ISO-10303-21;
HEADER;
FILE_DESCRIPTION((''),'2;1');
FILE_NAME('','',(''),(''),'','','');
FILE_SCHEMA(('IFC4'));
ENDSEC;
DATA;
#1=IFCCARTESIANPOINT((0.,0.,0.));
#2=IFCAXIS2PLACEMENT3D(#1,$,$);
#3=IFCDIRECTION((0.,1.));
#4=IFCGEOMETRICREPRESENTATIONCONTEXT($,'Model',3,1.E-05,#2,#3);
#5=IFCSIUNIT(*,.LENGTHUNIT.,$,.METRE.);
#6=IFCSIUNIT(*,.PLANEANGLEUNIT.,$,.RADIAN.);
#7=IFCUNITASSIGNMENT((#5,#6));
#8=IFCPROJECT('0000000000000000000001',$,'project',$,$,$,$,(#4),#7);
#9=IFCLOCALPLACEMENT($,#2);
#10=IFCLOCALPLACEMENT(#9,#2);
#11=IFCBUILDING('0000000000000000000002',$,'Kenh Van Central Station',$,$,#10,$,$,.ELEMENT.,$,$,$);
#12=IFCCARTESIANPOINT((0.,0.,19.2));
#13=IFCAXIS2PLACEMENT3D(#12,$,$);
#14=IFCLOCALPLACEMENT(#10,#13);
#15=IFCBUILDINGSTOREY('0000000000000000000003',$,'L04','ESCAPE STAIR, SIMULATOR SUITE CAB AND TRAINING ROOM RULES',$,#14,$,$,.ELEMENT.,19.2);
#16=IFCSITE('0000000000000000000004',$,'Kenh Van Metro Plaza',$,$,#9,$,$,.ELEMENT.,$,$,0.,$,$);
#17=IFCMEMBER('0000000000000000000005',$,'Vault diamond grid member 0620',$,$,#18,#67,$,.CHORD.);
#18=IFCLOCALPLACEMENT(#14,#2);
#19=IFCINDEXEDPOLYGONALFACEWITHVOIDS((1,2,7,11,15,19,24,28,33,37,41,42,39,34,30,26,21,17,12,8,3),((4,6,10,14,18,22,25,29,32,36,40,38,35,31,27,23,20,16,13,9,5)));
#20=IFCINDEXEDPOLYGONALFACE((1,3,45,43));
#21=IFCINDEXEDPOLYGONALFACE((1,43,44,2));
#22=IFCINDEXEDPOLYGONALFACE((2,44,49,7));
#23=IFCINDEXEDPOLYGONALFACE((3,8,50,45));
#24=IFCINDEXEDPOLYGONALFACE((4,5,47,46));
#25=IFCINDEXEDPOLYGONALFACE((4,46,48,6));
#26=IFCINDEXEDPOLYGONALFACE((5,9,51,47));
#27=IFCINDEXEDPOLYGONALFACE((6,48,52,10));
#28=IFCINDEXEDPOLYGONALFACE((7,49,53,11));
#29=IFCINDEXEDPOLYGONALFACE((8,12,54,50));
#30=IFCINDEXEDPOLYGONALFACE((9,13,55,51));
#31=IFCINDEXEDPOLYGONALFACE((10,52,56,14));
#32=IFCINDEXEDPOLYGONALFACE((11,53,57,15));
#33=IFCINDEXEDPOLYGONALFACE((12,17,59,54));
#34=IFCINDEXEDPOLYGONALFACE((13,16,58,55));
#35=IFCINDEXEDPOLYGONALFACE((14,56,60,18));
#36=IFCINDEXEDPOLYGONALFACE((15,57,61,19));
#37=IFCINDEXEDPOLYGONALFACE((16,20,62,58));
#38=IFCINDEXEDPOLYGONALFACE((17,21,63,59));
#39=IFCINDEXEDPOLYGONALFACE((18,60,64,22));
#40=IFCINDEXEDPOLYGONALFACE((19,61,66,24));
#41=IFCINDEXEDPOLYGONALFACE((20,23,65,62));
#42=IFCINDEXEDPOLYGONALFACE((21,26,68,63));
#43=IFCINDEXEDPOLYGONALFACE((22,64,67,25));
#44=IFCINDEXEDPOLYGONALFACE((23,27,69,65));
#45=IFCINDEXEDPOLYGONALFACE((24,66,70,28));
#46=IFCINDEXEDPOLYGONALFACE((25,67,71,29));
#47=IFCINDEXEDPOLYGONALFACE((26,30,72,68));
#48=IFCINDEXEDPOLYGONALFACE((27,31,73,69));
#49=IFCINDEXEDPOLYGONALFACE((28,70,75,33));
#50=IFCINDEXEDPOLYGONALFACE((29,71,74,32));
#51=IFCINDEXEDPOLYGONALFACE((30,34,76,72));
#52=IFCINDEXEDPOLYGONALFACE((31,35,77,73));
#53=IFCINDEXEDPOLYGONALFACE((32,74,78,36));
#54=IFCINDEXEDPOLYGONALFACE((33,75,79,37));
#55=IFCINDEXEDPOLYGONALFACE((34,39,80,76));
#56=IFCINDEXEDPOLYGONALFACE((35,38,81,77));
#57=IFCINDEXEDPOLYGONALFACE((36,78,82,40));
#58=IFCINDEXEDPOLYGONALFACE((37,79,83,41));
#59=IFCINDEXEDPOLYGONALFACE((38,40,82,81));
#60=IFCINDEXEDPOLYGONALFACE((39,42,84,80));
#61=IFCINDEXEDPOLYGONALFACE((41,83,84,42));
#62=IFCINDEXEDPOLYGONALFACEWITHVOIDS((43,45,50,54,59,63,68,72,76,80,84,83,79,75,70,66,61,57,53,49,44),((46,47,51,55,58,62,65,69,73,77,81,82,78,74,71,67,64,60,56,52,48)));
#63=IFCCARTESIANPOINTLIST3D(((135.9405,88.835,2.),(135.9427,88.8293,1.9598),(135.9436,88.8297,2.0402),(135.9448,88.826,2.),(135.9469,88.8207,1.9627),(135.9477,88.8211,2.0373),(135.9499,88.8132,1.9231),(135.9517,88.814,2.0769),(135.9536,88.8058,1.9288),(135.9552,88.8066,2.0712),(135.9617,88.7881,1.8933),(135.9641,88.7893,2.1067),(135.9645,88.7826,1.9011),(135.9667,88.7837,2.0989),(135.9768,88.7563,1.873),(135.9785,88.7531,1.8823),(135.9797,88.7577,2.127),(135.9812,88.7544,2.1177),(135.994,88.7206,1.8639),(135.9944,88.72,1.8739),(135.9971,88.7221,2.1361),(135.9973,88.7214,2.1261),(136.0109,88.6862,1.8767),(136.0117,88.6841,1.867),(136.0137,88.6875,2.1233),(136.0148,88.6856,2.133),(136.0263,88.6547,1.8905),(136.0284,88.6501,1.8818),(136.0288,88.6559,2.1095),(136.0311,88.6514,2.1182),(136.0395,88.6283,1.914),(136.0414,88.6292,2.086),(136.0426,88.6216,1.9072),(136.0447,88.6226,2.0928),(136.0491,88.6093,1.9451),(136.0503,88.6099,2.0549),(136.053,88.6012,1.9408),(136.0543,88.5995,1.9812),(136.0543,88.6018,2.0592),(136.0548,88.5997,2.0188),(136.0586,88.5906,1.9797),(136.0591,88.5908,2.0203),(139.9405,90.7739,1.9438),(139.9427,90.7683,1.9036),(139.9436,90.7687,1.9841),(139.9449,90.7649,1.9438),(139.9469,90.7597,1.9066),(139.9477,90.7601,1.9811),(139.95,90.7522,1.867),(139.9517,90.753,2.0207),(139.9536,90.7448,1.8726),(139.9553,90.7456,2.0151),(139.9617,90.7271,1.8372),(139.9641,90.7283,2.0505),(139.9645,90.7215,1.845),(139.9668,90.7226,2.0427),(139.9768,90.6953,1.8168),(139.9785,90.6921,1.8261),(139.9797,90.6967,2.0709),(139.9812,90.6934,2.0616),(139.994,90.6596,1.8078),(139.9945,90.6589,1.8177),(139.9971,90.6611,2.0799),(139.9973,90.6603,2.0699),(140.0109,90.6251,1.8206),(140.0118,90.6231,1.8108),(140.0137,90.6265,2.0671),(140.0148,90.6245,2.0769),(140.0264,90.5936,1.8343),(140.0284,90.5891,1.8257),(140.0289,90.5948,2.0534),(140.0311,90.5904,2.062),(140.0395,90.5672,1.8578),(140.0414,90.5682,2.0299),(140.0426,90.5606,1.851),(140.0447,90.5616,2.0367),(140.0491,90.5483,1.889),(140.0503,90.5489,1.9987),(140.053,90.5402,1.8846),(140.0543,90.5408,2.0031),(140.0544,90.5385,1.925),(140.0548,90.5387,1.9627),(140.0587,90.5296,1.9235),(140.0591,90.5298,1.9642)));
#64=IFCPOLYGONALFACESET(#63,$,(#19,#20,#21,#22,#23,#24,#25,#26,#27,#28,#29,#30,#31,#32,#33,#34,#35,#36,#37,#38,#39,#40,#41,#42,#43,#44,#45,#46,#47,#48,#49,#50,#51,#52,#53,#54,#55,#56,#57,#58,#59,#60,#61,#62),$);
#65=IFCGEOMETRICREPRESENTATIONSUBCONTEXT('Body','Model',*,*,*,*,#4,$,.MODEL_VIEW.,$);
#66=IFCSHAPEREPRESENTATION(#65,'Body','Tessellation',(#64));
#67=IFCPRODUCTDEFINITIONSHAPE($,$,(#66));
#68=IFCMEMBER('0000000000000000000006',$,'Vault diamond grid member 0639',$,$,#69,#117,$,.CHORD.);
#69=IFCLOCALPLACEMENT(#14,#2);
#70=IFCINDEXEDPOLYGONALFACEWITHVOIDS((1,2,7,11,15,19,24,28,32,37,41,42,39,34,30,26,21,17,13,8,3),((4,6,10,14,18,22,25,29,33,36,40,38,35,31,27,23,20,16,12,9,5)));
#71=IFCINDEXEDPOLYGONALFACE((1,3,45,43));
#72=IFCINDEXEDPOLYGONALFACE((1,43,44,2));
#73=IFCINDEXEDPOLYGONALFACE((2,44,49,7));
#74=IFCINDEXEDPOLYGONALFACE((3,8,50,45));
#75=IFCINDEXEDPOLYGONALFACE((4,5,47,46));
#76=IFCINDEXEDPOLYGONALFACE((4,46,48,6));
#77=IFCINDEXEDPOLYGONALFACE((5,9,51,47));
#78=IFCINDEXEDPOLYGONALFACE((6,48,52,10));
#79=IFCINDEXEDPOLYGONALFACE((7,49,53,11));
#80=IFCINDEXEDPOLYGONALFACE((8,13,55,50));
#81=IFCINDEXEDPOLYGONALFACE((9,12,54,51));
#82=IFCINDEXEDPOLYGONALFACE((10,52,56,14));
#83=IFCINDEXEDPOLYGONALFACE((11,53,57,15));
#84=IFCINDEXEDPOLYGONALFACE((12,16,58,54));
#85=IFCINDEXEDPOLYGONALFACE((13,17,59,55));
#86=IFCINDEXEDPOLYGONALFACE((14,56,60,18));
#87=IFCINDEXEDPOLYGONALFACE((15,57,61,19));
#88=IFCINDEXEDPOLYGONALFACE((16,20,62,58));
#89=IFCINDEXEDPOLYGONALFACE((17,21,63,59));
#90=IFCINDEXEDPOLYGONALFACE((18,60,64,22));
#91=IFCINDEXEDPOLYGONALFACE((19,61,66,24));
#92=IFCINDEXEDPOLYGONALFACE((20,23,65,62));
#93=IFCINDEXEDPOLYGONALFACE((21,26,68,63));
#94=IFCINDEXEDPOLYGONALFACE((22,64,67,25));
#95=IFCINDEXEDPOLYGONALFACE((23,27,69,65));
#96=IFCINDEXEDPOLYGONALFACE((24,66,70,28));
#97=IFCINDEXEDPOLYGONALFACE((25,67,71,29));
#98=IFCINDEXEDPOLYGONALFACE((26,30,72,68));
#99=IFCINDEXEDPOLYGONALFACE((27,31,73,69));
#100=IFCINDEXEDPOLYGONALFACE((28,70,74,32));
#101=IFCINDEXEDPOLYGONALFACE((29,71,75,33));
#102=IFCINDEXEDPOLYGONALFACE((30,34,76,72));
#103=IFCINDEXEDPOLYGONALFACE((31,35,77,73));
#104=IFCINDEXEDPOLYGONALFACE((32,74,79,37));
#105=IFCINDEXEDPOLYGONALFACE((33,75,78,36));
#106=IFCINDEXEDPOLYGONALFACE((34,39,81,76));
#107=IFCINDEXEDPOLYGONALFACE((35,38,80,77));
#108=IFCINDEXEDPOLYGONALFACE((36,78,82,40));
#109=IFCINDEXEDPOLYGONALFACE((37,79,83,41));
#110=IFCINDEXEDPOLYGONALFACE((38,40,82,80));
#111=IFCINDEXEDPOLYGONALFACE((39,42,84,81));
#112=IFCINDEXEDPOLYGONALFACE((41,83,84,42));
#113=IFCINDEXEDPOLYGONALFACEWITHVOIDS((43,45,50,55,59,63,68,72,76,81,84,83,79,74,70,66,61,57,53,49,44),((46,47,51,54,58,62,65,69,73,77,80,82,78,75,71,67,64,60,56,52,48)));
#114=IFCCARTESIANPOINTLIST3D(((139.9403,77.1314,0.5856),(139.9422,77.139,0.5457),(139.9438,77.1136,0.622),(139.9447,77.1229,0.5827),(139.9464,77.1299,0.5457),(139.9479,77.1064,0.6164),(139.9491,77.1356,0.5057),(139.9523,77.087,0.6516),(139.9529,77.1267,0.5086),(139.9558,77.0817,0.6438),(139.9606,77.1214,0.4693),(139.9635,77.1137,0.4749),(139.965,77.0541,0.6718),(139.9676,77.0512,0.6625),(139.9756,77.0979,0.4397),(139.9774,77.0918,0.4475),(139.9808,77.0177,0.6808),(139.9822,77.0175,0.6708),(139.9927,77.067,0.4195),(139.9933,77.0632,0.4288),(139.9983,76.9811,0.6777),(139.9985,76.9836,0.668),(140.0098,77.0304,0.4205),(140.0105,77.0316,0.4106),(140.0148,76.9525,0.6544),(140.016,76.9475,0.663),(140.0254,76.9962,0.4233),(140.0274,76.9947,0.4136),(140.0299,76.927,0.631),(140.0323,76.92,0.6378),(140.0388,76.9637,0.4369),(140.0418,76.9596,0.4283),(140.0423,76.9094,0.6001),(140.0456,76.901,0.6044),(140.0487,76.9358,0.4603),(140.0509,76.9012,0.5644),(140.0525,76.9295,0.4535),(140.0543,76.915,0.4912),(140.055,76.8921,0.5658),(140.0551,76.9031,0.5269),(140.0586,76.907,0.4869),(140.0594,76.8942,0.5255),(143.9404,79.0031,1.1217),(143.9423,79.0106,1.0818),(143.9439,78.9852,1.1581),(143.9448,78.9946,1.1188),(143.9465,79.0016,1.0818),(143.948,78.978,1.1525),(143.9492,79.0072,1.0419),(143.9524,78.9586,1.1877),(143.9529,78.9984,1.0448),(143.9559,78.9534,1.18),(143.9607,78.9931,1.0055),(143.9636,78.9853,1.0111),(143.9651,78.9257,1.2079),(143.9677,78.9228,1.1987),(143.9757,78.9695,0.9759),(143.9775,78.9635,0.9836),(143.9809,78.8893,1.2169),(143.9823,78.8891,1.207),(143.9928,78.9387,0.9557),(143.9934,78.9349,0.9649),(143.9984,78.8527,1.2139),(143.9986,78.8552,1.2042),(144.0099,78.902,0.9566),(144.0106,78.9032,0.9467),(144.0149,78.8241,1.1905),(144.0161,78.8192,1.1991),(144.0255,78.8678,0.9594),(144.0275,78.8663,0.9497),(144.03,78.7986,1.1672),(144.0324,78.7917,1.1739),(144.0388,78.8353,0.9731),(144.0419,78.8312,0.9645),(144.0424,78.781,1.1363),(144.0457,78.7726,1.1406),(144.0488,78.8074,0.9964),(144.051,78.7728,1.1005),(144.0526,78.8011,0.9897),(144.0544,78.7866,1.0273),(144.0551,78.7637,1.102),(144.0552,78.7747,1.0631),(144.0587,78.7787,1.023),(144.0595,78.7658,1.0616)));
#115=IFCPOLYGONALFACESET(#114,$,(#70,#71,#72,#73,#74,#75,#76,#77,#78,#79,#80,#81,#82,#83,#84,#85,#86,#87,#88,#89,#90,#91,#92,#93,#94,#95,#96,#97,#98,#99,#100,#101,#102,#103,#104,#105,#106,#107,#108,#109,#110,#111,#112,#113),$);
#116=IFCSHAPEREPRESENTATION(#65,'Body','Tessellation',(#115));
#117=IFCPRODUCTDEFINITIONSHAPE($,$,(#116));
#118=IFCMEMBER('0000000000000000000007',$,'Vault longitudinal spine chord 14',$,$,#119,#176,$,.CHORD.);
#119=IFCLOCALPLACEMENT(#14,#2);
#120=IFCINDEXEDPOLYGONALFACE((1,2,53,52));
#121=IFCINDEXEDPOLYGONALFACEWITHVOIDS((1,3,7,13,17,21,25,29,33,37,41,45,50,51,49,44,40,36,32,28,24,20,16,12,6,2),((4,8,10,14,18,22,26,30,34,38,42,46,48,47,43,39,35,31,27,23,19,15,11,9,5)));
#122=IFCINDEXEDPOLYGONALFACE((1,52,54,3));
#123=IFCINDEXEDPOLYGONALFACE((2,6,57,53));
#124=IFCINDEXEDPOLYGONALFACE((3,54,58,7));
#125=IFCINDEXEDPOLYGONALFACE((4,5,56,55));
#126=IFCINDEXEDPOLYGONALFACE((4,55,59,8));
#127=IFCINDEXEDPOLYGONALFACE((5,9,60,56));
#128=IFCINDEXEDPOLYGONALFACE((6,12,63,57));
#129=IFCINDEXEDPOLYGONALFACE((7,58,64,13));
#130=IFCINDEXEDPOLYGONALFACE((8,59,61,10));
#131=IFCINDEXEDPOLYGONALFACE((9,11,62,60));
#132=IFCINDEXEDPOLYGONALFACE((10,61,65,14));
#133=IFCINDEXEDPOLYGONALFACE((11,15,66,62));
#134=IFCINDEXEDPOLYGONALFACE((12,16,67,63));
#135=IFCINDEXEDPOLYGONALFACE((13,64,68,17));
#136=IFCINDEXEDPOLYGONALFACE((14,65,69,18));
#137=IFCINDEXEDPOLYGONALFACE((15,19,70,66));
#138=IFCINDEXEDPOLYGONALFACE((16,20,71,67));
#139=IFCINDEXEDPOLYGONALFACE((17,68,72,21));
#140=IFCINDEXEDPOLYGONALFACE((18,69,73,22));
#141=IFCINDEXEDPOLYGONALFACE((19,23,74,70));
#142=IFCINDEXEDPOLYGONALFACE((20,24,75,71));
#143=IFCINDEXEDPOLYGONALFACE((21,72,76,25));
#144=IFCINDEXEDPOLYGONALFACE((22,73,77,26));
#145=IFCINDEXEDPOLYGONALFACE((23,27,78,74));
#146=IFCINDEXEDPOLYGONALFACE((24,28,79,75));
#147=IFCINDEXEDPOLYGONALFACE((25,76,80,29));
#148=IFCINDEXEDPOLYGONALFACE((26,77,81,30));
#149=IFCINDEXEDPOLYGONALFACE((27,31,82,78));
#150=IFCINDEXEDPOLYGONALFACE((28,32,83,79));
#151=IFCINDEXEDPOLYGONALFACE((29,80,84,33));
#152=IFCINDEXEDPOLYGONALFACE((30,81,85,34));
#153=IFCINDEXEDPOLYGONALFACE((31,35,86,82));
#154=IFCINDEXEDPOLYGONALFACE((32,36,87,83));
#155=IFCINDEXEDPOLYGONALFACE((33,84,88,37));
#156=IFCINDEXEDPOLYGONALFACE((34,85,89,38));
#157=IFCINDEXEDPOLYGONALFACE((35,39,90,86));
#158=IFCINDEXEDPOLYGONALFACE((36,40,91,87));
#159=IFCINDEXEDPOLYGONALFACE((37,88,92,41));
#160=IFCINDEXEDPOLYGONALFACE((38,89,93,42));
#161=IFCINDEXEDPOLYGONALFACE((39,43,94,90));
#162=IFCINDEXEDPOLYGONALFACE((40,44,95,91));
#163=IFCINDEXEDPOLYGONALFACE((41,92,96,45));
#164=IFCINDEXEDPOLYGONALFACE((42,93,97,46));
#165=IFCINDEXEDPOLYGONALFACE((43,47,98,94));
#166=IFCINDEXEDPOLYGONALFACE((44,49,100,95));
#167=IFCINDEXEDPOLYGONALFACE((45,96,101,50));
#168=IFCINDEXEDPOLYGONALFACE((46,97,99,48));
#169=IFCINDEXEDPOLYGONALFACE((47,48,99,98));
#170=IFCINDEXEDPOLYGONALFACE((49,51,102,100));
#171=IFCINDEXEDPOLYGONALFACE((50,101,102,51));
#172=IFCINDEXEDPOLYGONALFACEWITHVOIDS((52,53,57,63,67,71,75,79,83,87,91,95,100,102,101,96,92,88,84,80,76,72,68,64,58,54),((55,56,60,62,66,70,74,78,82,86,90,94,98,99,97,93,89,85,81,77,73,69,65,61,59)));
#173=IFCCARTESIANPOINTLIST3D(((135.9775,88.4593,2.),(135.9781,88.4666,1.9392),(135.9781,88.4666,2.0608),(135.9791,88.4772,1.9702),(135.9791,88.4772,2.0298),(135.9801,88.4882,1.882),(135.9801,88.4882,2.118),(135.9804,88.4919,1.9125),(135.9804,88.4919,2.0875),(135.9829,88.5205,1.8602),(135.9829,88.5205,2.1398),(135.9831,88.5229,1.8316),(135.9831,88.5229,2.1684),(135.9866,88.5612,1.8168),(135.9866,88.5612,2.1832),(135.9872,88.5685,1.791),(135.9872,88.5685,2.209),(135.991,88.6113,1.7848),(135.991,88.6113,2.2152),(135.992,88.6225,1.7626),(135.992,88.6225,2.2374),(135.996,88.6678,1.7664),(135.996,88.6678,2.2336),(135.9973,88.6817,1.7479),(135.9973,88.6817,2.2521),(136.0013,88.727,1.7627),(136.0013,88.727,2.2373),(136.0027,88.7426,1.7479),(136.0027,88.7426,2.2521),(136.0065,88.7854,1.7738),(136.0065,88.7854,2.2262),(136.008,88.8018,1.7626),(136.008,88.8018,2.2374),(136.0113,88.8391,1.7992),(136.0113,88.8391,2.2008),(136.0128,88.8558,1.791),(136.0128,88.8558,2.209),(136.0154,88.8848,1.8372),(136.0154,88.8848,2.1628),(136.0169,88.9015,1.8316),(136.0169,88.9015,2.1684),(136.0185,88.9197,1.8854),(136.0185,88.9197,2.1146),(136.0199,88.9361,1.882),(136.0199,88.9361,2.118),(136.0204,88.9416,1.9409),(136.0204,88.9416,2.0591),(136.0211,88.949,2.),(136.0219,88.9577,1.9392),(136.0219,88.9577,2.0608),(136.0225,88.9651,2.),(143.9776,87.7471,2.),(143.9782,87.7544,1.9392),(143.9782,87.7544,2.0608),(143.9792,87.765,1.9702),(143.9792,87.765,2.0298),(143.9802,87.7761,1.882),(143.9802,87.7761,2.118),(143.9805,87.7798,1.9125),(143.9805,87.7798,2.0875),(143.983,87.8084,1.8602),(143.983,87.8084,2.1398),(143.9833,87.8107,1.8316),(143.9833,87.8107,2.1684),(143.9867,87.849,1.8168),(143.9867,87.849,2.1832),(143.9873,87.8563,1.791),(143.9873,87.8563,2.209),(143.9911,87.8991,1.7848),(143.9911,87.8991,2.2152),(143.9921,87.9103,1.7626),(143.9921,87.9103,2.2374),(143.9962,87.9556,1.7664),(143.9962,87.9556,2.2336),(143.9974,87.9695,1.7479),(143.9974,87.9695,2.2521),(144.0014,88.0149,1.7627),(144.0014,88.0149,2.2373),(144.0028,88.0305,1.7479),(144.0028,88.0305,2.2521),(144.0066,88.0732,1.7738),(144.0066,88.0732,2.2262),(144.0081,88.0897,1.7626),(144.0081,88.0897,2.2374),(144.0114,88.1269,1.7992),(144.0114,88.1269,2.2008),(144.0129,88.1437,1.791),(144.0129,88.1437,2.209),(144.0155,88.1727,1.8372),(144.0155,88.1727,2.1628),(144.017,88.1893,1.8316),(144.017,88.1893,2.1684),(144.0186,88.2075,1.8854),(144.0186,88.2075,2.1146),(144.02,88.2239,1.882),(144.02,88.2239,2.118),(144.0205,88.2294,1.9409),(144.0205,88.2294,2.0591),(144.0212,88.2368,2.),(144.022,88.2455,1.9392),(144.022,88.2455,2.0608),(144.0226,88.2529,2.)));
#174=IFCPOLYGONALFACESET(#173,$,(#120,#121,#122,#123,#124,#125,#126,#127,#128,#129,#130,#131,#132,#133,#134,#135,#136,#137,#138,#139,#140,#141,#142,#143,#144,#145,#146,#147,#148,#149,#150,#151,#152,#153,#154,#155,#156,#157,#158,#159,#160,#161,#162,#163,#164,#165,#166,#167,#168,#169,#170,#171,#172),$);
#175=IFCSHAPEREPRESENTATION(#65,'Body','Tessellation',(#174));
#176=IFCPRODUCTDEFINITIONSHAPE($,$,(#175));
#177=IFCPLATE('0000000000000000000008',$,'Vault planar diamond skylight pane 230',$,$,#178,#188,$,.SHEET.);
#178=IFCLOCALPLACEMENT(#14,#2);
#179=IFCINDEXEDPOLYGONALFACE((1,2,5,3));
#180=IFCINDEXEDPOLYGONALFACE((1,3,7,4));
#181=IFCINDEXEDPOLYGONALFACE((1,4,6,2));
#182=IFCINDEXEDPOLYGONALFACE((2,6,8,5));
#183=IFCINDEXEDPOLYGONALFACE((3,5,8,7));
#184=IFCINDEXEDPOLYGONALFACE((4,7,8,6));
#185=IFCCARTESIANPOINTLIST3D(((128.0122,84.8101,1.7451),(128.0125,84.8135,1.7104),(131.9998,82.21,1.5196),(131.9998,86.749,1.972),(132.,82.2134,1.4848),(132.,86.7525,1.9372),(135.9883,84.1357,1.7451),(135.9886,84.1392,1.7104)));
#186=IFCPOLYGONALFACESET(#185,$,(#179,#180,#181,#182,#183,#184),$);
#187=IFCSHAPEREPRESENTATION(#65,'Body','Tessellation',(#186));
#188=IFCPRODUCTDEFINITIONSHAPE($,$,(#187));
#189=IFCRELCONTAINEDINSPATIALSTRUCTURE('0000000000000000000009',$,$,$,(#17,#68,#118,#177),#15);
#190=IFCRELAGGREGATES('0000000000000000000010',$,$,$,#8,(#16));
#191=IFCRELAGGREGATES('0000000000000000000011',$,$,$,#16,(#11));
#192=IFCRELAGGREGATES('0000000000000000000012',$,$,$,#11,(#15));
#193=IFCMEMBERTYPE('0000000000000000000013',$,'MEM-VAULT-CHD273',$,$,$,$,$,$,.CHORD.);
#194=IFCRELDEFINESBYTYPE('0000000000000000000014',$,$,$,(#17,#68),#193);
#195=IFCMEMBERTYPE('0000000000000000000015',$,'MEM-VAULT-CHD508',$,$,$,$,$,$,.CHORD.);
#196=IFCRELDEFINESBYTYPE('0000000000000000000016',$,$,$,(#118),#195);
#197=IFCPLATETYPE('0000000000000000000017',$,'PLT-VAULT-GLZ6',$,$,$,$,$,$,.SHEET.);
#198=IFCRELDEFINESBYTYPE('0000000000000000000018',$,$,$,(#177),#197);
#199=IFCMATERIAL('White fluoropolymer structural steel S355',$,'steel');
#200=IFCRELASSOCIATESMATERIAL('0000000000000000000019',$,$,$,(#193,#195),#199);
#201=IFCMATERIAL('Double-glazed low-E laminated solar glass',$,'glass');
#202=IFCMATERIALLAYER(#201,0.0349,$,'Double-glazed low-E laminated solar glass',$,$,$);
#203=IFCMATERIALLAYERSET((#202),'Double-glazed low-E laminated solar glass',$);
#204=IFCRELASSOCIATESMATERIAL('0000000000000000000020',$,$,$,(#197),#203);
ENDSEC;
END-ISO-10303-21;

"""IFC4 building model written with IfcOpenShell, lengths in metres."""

from ifc_helpers import new_model, si_unit, direction, frame, origin, origin_2d, place, context, subcontext, project, spatial, polyline, hollow_circle, outline, extrude, material, layer, layer_set, material_profile, profile_set, type_object, element, save


model = new_model("IFC4")

# Units and contexts
model_context = context("Model", 3, precision=1e-05, world=origin(), true_north=direction((0.0, 1.0)))
body_context = subcontext(model_context, "Body", "Model", "MODEL_VIEW")
ifc_project = project(units=[si_unit("LENGTHUNIT", "METRE"), si_unit("PLANEANGLEUNIT", "RADIAN")], contexts=[model_context])

# Site, building, storey
site_placement = place(None, origin())
site = spatial("IfcSite", under=ifc_project, at=site_placement, Name="Kenh Van Metro Plaza", CompositionType="ELEMENT", RefElevation=0.0)
building_placement = place(site_placement, origin())
building = spatial("IfcBuilding", under=site, at=building_placement, Name="Kenh Van Central Station", CompositionType="ELEMENT")
storey_placement = place(building_placement, frame((0.0, 0.0, 19.2)))
storey = spatial("IfcBuildingStorey", under=building, at=storey_placement, Name="L04", Description="ESCAPE STAIR, SIMULATOR SUITE CAB AND TRAINING ROOM RULES", CompositionType="ELEMENT", Elevation=19.2)

# Shared definitions
ifc_material_1 = material(Name="White fluoropolymer structural steel S355", Category="steel")

# Members
ifc_material_profile_1 = material_profile(ifc_material_1, hollow_circle(Radius=0.1365, WallThickness=0.01, at=origin_2d()), Name="CHS 273x10")
ifc_profile_set_1 = profile_set([ifc_material_profile_1], Name="White fluoropolymer structural steel S355")
member_type_1 = type_object("IfcMemberType", Name="MEM-VAULT-CHD273", PredefinedType="CHORD", material=ifc_profile_set_1)
member_1_placement = place(storey_placement, frame((136.0, 88.7122, 2.0), z_axis=(0.89978, 0.436161, -0.012631), x_axis=(-0.436195, 0.899852, 0.0)))
element("IfcMember", 1, at=member_1_placement, inside=storey, type_object=member_type_1, Name="Vault diamond grid member 0620", PredefinedType="CHORD", context=body_context, shape_type="SweptSolid", body=[
    extrude(hollow_circle(Radius=0.1365, WallThickness=0.01, at=origin_2d()), origin(), (0.0, 0.0, 1.0), 4.4456),
])
member_2_placement = place(storey_placement, frame((140.0, 77.0154, 0.5457), z_axis=(0.899154, 0.42071, 0.120517), x_axis=(-0.423799, 0.905756, 0.0)))
element("IfcMember", 2, at=member_2_placement, inside=storey, type_object=member_type_1, Name="Vault diamond grid member 0639", PredefinedType="CHORD", context=body_context, shape_type="SweptSolid", body=[
    extrude(hollow_circle(Radius=0.1365, WallThickness=0.01, at=origin_2d()), origin(), (0.0, 0.0, 1.0), 4.4487),
])
ifc_material_profile_2 = material_profile(ifc_material_1, hollow_circle(Radius=0.2539, WallThickness=0.0161, at=origin_2d()), Name="CHS 508x16")
ifc_profile_set_2 = profile_set([ifc_material_profile_2], Name="White fluoropolymer structural steel S355")
member_type_2 = type_object("IfcMemberType", Name="MEM-VAULT-CHD508", PredefinedType="CHORD", material=ifc_profile_set_2)
member_3_placement = place(storey_placement, frame((136.0, 88.7122, 2.0), z_axis=(0.996061, -0.088669, 0.0), x_axis=(0.088669, 0.996061, 0.0)))
element("IfcMember", 3, at=member_3_placement, inside=storey, type_object=member_type_2, Name="Vault longitudinal spine chord 14", PredefinedType="CHORD", context=body_context, shape_type="SweptSolid", body=[
    extrude(hollow_circle(Radius=0.2539, WallThickness=0.0161, at=origin_2d()), origin(), (0.0, 0.0, 1.0), 8.0317),
])

# Plate
ifc_material_2 = material(Name="Double-glazed low-E laminated solar glass", Category="glass")
ifc_layer_1 = layer(ifc_material_2, 0.0349, Name="Double-glazed low-E laminated solar glass")
ifc_layer_set_1 = layer_set([ifc_layer_1], Name="Double-glazed low-E laminated solar glass")
plate_type_1 = type_object("IfcPlateType", Name="PLT-VAULT-GLZ6", PredefinedType="SHEET", material=ifc_layer_set_1)
plate_1_placement = place(storey_placement, frame((128.0122, 84.8101, 1.7451), z_axis=(-0.008384, -0.099172, 0.995035), x_axis=(0.836717, -0.545586, -0.047326)))
element("IfcPlate", 4, at=plate_1_placement, inside=storey, type_object=plate_type_1, Name="Vault planar diamond skylight pane 230", PredefinedType="SHEET", context=body_context, shape_type="SweptSolid", body=[
    extrude(outline(polyline([(0.0, 0.0), (4.7657, 0.0), (7.0416, 3.8063), (2.2678, 3.8169), (0.0, 0.0)])), origin(), (0.0, 0.0, -1.0), 0.0349),
])

save(model, "model.ifc")
